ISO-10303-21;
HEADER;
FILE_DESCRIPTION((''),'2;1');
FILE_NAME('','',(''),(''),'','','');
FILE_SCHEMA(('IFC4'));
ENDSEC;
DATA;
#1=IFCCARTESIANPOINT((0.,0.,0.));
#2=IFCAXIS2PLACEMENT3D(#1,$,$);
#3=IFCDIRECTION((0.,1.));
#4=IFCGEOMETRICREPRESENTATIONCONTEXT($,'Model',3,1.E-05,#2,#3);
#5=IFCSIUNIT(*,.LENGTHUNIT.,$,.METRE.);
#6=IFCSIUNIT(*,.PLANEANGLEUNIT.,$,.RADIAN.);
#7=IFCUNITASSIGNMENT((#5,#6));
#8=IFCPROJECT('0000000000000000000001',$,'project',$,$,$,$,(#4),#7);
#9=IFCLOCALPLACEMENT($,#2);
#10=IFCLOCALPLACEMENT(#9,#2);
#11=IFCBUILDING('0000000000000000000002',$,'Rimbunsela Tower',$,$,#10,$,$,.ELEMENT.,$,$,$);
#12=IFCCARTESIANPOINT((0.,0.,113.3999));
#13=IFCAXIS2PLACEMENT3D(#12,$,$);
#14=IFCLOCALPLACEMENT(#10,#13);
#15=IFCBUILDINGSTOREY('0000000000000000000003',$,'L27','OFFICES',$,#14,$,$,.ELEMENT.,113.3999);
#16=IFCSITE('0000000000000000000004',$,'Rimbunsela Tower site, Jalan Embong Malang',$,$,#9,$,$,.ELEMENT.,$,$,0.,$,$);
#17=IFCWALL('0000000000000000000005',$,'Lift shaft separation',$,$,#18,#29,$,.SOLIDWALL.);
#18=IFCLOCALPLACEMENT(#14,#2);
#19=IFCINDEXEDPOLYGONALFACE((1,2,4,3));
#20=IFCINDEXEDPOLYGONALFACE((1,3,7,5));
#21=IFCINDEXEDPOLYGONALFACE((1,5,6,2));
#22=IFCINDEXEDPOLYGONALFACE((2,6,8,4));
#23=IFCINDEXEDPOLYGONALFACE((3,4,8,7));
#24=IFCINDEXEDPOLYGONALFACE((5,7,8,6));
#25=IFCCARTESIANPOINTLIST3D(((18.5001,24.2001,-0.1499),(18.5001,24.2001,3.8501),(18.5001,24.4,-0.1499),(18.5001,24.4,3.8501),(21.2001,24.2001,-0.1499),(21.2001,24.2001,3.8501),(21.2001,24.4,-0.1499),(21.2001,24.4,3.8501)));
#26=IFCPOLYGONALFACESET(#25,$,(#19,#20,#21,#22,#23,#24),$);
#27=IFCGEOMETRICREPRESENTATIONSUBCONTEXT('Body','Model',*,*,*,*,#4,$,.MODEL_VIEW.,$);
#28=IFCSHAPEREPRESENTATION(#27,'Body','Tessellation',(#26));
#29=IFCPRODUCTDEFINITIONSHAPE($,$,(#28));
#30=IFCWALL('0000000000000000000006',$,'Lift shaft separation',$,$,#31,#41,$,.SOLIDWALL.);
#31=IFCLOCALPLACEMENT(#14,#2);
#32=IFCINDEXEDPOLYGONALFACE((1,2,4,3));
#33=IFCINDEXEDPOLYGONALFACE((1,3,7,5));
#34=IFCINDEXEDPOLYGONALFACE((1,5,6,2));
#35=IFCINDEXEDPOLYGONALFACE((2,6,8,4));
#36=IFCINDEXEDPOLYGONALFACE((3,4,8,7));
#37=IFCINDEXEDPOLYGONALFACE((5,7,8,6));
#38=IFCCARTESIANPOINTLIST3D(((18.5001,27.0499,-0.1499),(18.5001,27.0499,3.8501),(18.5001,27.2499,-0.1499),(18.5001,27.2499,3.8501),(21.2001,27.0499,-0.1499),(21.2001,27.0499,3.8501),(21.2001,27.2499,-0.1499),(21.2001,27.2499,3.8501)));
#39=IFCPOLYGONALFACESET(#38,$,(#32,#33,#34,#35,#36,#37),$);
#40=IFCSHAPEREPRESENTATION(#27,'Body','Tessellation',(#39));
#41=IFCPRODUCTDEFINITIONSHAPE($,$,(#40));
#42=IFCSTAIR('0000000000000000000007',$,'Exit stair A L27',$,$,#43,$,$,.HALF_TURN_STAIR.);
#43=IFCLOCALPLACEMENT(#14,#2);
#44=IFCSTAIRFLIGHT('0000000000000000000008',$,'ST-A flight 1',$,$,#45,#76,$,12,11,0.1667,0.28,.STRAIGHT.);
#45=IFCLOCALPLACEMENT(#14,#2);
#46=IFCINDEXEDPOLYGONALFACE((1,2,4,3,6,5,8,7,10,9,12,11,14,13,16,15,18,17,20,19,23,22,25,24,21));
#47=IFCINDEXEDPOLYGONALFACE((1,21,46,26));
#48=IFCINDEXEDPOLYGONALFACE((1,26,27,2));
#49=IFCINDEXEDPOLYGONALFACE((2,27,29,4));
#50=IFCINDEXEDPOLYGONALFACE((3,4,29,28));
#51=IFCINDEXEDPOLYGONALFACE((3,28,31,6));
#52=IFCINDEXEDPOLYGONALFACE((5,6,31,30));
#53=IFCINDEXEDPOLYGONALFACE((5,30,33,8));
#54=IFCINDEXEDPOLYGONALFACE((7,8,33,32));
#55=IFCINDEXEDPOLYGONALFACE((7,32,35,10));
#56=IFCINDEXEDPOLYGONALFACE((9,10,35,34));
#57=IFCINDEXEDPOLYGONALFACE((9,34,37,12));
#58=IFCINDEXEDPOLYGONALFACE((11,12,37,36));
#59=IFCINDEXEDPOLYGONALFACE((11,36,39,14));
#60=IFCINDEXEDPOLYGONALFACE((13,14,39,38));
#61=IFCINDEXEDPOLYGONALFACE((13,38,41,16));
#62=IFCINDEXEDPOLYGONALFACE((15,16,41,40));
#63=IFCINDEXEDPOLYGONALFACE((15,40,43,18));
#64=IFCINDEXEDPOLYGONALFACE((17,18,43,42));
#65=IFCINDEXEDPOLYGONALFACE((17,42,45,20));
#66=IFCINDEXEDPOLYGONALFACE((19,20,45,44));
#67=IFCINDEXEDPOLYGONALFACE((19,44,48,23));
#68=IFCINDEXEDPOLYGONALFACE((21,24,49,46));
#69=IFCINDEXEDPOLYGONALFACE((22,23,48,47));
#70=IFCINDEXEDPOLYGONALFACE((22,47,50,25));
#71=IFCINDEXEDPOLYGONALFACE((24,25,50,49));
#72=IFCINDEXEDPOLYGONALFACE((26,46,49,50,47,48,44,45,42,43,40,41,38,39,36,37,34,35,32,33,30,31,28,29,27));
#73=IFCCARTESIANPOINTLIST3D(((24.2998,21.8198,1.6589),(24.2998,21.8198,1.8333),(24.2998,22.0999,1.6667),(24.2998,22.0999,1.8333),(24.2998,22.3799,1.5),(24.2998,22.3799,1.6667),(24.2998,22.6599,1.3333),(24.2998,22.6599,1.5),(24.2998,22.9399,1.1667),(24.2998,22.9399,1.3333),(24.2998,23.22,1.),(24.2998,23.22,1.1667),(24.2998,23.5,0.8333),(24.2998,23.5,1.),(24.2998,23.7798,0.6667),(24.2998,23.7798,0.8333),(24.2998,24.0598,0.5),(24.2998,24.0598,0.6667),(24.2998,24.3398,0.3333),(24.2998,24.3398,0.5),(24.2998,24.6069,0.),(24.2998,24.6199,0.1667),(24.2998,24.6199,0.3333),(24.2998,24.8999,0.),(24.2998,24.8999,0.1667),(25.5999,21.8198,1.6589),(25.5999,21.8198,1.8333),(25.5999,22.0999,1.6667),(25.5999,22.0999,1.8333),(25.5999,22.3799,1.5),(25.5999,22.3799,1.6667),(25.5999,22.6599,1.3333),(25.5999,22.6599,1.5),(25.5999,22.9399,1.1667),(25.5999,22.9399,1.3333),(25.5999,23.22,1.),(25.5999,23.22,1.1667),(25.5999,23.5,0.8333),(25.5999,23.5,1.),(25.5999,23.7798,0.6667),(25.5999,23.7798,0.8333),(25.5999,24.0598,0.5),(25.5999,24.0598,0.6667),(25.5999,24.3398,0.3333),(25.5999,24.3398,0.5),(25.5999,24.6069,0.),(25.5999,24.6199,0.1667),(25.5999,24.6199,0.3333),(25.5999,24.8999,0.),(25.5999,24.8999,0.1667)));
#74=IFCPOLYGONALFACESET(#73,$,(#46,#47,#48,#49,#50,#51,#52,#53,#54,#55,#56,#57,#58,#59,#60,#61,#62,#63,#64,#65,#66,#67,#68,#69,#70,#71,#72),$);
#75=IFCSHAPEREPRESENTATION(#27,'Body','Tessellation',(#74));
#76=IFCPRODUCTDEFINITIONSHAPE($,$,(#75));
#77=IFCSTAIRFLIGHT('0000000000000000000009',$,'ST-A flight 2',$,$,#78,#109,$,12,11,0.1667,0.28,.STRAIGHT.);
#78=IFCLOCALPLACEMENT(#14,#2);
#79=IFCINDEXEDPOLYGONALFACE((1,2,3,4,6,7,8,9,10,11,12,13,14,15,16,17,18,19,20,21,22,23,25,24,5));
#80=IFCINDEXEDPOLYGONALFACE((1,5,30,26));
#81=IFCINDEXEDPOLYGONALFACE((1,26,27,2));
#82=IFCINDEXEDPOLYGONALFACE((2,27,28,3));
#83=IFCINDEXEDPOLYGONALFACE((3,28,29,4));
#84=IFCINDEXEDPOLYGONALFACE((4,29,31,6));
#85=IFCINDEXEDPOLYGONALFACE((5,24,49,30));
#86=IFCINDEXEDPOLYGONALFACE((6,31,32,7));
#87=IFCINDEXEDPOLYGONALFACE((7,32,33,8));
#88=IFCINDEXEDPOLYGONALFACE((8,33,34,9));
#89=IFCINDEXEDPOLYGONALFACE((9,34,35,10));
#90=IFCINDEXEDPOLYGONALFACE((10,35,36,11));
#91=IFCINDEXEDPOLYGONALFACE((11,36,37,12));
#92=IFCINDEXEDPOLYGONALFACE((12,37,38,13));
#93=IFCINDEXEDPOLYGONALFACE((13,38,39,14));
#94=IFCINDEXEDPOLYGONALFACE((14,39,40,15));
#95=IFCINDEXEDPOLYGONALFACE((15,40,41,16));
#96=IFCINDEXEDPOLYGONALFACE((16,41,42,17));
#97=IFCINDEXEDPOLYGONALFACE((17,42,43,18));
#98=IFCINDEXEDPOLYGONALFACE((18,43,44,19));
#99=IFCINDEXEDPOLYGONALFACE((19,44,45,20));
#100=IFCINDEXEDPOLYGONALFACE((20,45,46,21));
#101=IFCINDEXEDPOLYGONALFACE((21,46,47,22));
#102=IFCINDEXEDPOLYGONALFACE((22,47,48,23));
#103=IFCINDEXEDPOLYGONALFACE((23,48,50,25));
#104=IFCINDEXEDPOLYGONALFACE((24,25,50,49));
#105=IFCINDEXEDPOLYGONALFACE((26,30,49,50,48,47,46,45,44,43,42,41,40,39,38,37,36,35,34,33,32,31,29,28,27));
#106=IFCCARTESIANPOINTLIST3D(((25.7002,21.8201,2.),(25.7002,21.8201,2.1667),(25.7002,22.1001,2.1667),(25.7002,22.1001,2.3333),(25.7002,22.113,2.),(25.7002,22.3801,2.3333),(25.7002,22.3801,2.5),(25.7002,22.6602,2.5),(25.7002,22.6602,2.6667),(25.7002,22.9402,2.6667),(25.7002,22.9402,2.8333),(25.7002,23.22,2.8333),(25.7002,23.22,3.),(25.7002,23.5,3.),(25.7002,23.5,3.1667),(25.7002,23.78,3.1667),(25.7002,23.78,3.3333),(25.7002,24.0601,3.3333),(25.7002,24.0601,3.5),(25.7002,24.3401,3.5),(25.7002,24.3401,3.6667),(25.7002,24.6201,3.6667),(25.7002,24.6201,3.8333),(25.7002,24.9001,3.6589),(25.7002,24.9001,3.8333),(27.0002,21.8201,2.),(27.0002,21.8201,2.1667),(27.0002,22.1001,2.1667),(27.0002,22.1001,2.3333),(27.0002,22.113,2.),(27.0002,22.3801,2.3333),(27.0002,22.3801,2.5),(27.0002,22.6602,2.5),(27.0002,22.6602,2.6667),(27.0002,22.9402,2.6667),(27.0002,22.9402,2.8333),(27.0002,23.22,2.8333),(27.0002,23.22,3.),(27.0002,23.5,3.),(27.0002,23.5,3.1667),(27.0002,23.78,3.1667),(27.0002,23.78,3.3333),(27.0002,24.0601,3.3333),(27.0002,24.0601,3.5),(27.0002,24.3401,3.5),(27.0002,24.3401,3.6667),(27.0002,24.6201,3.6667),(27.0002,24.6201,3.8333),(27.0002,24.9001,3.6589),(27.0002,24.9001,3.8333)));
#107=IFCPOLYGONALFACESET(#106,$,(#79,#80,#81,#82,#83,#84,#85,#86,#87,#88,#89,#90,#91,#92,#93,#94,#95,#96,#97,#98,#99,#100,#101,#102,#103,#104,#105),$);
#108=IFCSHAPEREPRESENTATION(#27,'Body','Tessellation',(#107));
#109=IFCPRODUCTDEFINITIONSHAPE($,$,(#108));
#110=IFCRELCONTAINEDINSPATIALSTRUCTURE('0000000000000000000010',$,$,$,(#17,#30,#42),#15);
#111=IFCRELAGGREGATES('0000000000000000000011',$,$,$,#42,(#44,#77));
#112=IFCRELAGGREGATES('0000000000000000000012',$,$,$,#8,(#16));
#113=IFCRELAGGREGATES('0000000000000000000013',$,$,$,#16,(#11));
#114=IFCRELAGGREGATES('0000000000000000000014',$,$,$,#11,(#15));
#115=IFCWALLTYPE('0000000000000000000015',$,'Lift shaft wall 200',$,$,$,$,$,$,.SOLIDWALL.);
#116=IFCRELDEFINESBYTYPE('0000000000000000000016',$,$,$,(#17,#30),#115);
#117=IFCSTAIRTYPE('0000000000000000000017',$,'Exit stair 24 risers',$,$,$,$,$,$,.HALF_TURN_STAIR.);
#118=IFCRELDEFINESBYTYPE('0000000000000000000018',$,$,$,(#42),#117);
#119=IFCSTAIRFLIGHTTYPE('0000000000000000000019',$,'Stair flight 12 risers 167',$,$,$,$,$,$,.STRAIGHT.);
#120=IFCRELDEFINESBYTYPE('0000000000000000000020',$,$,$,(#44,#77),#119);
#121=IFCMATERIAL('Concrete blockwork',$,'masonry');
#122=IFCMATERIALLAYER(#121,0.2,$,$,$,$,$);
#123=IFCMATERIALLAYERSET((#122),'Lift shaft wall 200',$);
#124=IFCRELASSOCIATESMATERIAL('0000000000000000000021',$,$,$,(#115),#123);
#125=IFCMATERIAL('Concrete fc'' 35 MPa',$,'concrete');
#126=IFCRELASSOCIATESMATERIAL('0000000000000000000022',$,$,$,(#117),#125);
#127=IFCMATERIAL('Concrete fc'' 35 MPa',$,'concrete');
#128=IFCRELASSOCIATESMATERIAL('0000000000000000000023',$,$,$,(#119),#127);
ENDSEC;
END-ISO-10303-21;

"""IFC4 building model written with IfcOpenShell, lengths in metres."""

from ifc_helpers import new_model, si_unit, direction, frame, frame_2d, origin, place, context, subcontext, project, spatial, polyline, rectangle, outline, extrude, material, layer, layer_set, type_object, element, aggregate, save


model = new_model("IFC4")

# Units and contexts
model_context = context("Model", 3, precision=1e-05, world=origin(), true_north=direction((0.0, 1.0)))
body_context = subcontext(model_context, "Body", "Model", "MODEL_VIEW")
ifc_project = project(units=[si_unit("LENGTHUNIT", "METRE"), si_unit("PLANEANGLEUNIT", "RADIAN")], contexts=[model_context])

# Site, building, storey
site_placement = place(None, origin())
site = spatial("IfcSite", under=ifc_project, at=site_placement, Name="Rimbunsela Tower site, Jalan Embong Malang", CompositionType="ELEMENT", RefElevation=0.0)
building_placement = place(site_placement, origin())
building = spatial("IfcBuilding", under=site, at=building_placement, Name="Rimbunsela Tower", CompositionType="ELEMENT")
storey_placement = place(building_placement, frame((0.0, 0.0, 113.3999)))
storey = spatial("IfcBuildingStorey", under=building, at=storey_placement, Name="L27", Description="OFFICES", CompositionType="ELEMENT", Elevation=113.3999)

# Walls
ifc_material_1 = material(Name="Concrete blockwork", Category="masonry")
ifc_layer_1 = layer(ifc_material_1, 0.2)
ifc_layer_set_1 = layer_set([ifc_layer_1], Name="Lift shaft wall 200")
wall_type_1 = type_object("IfcWallType", Name="Lift shaft wall 200", PredefinedType="SOLIDWALL", material=ifc_layer_set_1)
for number, where, z_axis, x_axis, name in (
    (1, (18.5, 24.3, -0.1499), (0.0, 0.0, 1.0), (1.0, 0.0, 0.0), "Lift shaft separation"),
    (2, (18.5, 27.1499, -0.1499), (0.0, 0.0, 1.0), (1.0, 0.0, 0.0), "Lift shaft separation"),
):
    element("IfcWall", number, at=place(storey_placement, frame(where, z_axis=z_axis, x_axis=x_axis)), inside=storey, type_object=wall_type_1, Name=name, PredefinedType="SOLIDWALL", context=body_context, shape_type="SweptSolid", body=[
        extrude(rectangle(XDim=2.7, YDim=0.2, at=frame_2d((1.3501, 0.0))), origin(), (0.0, 0.0, 1.0), 4.0),
    ])

# Stair, stair flights
ifc_material_2 = material(Name="Concrete fc' 35 MPa", Category="concrete")
stair_type = type_object("IfcStairType", Name="Exit stair 24 risers", PredefinedType="HALF_TURN_STAIR", material=ifc_material_2)
stair_placement = place(storey_placement, origin())
stair = element("IfcStair", 3, at=stair_placement, inside=storey, type_object=stair_type, Name="Exit stair A L27", PredefinedType="HALF_TURN_STAIR")
ifc_material_3 = material(Name="Concrete fc' 35 MPa", Category="concrete")
stair_flight_type = type_object("IfcStairFlightType", Name="Stair flight 12 risers 167", PredefinedType="STRAIGHT", material=ifc_material_3)
stair_flight_1_placement = place(storey_placement, frame((24.95, 24.8999, 0.0), z_axis=(0.0, 0.0, 1.0), x_axis=(0.0, -1.0, 0.0)))
stair_flight_1 = element("IfcStairFlight", 4, at=stair_flight_1_placement, type_object=stair_flight_type, Name="ST-A flight 1", NumberOfRisers=12, NumberOfTreads=11, PredefinedType="STRAIGHT", RiserHeight=0.1667, TreadLength=0.28, context=body_context, shape_type="SweptSolid", body=[
    extrude(outline(polyline([(0.0, 0.0), (0.0, 0.1667), (0.28, 0.1667), (0.28, 0.3333), (0.5601, 0.3333), (0.5601, 0.5), (0.8401, 0.5), (0.8401, 0.6667), (1.1201, 0.6667), (1.1201, 0.8333), (1.3999, 0.8333), (1.3999, 1.0), (1.6799, 1.0), (1.6799, 1.1667), (1.96, 1.1667), (1.96, 1.3333), (2.24, 1.3333), (2.24, 1.5), (2.52, 1.5), (2.52, 1.6667), (2.8, 1.6667), (2.8, 1.8333), (3.0801, 1.8333), (3.0801, 2.0), (3.0801, 1.6589), (0.293, 0.0), (0.0, 0.0)])), frame((0.0, 0.6499, 0.0), z_axis=(0.0, -1.0, 0.0), x_axis=(1.0, 0.0, 0.0)), (0.0, 0.0, 1.0), 1.3),
])
stair_flight_2_placement = place(storey_placement, frame((26.3501, 21.8201, 2.0), z_axis=(0.0, 0.0, 1.0), x_axis=(0.0, 1.0, 0.0)))
stair_flight_2 = element("IfcStairFlight", 5, at=stair_flight_2_placement, type_object=stair_flight_type, Name="ST-A flight 2", NumberOfRisers=12, NumberOfTreads=11, PredefinedType="STRAIGHT", RiserHeight=0.1667, TreadLength=0.28, context=body_context, shape_type="SweptSolid", body=[
    extrude(outline(polyline([(0.0, 0.0), (0.0, 0.1667), (0.28, 0.1667), (0.28, 0.3333), (0.5601, 0.3333), (0.5601, 0.5), (0.8401, 0.5), (0.8401, 0.6667), (1.1201, 0.6667), (1.1201, 0.8333), (1.3999, 0.8333), (1.3999, 1.0), (1.6799, 1.0), (1.6799, 1.1667), (1.96, 1.1667), (1.96, 1.3333), (2.24, 1.3333), (2.24, 1.5), (2.52, 1.5), (2.52, 1.6667), (2.8, 1.6667), (2.8, 1.8333), (3.0801, 1.8333), (3.0801, 2.0), (3.0801, 1.6589), (0.293, 0.0), (0.0, 0.0)])), frame((0.0, 0.6499, 0.0), z_axis=(0.0, -1.0, 0.0), x_axis=(1.0, 0.0, 0.0)), (0.0, 0.0, 1.0), 1.3),
])
aggregate(stair, [stair_flight_1, stair_flight_2])

save(model, "model.ifc")
